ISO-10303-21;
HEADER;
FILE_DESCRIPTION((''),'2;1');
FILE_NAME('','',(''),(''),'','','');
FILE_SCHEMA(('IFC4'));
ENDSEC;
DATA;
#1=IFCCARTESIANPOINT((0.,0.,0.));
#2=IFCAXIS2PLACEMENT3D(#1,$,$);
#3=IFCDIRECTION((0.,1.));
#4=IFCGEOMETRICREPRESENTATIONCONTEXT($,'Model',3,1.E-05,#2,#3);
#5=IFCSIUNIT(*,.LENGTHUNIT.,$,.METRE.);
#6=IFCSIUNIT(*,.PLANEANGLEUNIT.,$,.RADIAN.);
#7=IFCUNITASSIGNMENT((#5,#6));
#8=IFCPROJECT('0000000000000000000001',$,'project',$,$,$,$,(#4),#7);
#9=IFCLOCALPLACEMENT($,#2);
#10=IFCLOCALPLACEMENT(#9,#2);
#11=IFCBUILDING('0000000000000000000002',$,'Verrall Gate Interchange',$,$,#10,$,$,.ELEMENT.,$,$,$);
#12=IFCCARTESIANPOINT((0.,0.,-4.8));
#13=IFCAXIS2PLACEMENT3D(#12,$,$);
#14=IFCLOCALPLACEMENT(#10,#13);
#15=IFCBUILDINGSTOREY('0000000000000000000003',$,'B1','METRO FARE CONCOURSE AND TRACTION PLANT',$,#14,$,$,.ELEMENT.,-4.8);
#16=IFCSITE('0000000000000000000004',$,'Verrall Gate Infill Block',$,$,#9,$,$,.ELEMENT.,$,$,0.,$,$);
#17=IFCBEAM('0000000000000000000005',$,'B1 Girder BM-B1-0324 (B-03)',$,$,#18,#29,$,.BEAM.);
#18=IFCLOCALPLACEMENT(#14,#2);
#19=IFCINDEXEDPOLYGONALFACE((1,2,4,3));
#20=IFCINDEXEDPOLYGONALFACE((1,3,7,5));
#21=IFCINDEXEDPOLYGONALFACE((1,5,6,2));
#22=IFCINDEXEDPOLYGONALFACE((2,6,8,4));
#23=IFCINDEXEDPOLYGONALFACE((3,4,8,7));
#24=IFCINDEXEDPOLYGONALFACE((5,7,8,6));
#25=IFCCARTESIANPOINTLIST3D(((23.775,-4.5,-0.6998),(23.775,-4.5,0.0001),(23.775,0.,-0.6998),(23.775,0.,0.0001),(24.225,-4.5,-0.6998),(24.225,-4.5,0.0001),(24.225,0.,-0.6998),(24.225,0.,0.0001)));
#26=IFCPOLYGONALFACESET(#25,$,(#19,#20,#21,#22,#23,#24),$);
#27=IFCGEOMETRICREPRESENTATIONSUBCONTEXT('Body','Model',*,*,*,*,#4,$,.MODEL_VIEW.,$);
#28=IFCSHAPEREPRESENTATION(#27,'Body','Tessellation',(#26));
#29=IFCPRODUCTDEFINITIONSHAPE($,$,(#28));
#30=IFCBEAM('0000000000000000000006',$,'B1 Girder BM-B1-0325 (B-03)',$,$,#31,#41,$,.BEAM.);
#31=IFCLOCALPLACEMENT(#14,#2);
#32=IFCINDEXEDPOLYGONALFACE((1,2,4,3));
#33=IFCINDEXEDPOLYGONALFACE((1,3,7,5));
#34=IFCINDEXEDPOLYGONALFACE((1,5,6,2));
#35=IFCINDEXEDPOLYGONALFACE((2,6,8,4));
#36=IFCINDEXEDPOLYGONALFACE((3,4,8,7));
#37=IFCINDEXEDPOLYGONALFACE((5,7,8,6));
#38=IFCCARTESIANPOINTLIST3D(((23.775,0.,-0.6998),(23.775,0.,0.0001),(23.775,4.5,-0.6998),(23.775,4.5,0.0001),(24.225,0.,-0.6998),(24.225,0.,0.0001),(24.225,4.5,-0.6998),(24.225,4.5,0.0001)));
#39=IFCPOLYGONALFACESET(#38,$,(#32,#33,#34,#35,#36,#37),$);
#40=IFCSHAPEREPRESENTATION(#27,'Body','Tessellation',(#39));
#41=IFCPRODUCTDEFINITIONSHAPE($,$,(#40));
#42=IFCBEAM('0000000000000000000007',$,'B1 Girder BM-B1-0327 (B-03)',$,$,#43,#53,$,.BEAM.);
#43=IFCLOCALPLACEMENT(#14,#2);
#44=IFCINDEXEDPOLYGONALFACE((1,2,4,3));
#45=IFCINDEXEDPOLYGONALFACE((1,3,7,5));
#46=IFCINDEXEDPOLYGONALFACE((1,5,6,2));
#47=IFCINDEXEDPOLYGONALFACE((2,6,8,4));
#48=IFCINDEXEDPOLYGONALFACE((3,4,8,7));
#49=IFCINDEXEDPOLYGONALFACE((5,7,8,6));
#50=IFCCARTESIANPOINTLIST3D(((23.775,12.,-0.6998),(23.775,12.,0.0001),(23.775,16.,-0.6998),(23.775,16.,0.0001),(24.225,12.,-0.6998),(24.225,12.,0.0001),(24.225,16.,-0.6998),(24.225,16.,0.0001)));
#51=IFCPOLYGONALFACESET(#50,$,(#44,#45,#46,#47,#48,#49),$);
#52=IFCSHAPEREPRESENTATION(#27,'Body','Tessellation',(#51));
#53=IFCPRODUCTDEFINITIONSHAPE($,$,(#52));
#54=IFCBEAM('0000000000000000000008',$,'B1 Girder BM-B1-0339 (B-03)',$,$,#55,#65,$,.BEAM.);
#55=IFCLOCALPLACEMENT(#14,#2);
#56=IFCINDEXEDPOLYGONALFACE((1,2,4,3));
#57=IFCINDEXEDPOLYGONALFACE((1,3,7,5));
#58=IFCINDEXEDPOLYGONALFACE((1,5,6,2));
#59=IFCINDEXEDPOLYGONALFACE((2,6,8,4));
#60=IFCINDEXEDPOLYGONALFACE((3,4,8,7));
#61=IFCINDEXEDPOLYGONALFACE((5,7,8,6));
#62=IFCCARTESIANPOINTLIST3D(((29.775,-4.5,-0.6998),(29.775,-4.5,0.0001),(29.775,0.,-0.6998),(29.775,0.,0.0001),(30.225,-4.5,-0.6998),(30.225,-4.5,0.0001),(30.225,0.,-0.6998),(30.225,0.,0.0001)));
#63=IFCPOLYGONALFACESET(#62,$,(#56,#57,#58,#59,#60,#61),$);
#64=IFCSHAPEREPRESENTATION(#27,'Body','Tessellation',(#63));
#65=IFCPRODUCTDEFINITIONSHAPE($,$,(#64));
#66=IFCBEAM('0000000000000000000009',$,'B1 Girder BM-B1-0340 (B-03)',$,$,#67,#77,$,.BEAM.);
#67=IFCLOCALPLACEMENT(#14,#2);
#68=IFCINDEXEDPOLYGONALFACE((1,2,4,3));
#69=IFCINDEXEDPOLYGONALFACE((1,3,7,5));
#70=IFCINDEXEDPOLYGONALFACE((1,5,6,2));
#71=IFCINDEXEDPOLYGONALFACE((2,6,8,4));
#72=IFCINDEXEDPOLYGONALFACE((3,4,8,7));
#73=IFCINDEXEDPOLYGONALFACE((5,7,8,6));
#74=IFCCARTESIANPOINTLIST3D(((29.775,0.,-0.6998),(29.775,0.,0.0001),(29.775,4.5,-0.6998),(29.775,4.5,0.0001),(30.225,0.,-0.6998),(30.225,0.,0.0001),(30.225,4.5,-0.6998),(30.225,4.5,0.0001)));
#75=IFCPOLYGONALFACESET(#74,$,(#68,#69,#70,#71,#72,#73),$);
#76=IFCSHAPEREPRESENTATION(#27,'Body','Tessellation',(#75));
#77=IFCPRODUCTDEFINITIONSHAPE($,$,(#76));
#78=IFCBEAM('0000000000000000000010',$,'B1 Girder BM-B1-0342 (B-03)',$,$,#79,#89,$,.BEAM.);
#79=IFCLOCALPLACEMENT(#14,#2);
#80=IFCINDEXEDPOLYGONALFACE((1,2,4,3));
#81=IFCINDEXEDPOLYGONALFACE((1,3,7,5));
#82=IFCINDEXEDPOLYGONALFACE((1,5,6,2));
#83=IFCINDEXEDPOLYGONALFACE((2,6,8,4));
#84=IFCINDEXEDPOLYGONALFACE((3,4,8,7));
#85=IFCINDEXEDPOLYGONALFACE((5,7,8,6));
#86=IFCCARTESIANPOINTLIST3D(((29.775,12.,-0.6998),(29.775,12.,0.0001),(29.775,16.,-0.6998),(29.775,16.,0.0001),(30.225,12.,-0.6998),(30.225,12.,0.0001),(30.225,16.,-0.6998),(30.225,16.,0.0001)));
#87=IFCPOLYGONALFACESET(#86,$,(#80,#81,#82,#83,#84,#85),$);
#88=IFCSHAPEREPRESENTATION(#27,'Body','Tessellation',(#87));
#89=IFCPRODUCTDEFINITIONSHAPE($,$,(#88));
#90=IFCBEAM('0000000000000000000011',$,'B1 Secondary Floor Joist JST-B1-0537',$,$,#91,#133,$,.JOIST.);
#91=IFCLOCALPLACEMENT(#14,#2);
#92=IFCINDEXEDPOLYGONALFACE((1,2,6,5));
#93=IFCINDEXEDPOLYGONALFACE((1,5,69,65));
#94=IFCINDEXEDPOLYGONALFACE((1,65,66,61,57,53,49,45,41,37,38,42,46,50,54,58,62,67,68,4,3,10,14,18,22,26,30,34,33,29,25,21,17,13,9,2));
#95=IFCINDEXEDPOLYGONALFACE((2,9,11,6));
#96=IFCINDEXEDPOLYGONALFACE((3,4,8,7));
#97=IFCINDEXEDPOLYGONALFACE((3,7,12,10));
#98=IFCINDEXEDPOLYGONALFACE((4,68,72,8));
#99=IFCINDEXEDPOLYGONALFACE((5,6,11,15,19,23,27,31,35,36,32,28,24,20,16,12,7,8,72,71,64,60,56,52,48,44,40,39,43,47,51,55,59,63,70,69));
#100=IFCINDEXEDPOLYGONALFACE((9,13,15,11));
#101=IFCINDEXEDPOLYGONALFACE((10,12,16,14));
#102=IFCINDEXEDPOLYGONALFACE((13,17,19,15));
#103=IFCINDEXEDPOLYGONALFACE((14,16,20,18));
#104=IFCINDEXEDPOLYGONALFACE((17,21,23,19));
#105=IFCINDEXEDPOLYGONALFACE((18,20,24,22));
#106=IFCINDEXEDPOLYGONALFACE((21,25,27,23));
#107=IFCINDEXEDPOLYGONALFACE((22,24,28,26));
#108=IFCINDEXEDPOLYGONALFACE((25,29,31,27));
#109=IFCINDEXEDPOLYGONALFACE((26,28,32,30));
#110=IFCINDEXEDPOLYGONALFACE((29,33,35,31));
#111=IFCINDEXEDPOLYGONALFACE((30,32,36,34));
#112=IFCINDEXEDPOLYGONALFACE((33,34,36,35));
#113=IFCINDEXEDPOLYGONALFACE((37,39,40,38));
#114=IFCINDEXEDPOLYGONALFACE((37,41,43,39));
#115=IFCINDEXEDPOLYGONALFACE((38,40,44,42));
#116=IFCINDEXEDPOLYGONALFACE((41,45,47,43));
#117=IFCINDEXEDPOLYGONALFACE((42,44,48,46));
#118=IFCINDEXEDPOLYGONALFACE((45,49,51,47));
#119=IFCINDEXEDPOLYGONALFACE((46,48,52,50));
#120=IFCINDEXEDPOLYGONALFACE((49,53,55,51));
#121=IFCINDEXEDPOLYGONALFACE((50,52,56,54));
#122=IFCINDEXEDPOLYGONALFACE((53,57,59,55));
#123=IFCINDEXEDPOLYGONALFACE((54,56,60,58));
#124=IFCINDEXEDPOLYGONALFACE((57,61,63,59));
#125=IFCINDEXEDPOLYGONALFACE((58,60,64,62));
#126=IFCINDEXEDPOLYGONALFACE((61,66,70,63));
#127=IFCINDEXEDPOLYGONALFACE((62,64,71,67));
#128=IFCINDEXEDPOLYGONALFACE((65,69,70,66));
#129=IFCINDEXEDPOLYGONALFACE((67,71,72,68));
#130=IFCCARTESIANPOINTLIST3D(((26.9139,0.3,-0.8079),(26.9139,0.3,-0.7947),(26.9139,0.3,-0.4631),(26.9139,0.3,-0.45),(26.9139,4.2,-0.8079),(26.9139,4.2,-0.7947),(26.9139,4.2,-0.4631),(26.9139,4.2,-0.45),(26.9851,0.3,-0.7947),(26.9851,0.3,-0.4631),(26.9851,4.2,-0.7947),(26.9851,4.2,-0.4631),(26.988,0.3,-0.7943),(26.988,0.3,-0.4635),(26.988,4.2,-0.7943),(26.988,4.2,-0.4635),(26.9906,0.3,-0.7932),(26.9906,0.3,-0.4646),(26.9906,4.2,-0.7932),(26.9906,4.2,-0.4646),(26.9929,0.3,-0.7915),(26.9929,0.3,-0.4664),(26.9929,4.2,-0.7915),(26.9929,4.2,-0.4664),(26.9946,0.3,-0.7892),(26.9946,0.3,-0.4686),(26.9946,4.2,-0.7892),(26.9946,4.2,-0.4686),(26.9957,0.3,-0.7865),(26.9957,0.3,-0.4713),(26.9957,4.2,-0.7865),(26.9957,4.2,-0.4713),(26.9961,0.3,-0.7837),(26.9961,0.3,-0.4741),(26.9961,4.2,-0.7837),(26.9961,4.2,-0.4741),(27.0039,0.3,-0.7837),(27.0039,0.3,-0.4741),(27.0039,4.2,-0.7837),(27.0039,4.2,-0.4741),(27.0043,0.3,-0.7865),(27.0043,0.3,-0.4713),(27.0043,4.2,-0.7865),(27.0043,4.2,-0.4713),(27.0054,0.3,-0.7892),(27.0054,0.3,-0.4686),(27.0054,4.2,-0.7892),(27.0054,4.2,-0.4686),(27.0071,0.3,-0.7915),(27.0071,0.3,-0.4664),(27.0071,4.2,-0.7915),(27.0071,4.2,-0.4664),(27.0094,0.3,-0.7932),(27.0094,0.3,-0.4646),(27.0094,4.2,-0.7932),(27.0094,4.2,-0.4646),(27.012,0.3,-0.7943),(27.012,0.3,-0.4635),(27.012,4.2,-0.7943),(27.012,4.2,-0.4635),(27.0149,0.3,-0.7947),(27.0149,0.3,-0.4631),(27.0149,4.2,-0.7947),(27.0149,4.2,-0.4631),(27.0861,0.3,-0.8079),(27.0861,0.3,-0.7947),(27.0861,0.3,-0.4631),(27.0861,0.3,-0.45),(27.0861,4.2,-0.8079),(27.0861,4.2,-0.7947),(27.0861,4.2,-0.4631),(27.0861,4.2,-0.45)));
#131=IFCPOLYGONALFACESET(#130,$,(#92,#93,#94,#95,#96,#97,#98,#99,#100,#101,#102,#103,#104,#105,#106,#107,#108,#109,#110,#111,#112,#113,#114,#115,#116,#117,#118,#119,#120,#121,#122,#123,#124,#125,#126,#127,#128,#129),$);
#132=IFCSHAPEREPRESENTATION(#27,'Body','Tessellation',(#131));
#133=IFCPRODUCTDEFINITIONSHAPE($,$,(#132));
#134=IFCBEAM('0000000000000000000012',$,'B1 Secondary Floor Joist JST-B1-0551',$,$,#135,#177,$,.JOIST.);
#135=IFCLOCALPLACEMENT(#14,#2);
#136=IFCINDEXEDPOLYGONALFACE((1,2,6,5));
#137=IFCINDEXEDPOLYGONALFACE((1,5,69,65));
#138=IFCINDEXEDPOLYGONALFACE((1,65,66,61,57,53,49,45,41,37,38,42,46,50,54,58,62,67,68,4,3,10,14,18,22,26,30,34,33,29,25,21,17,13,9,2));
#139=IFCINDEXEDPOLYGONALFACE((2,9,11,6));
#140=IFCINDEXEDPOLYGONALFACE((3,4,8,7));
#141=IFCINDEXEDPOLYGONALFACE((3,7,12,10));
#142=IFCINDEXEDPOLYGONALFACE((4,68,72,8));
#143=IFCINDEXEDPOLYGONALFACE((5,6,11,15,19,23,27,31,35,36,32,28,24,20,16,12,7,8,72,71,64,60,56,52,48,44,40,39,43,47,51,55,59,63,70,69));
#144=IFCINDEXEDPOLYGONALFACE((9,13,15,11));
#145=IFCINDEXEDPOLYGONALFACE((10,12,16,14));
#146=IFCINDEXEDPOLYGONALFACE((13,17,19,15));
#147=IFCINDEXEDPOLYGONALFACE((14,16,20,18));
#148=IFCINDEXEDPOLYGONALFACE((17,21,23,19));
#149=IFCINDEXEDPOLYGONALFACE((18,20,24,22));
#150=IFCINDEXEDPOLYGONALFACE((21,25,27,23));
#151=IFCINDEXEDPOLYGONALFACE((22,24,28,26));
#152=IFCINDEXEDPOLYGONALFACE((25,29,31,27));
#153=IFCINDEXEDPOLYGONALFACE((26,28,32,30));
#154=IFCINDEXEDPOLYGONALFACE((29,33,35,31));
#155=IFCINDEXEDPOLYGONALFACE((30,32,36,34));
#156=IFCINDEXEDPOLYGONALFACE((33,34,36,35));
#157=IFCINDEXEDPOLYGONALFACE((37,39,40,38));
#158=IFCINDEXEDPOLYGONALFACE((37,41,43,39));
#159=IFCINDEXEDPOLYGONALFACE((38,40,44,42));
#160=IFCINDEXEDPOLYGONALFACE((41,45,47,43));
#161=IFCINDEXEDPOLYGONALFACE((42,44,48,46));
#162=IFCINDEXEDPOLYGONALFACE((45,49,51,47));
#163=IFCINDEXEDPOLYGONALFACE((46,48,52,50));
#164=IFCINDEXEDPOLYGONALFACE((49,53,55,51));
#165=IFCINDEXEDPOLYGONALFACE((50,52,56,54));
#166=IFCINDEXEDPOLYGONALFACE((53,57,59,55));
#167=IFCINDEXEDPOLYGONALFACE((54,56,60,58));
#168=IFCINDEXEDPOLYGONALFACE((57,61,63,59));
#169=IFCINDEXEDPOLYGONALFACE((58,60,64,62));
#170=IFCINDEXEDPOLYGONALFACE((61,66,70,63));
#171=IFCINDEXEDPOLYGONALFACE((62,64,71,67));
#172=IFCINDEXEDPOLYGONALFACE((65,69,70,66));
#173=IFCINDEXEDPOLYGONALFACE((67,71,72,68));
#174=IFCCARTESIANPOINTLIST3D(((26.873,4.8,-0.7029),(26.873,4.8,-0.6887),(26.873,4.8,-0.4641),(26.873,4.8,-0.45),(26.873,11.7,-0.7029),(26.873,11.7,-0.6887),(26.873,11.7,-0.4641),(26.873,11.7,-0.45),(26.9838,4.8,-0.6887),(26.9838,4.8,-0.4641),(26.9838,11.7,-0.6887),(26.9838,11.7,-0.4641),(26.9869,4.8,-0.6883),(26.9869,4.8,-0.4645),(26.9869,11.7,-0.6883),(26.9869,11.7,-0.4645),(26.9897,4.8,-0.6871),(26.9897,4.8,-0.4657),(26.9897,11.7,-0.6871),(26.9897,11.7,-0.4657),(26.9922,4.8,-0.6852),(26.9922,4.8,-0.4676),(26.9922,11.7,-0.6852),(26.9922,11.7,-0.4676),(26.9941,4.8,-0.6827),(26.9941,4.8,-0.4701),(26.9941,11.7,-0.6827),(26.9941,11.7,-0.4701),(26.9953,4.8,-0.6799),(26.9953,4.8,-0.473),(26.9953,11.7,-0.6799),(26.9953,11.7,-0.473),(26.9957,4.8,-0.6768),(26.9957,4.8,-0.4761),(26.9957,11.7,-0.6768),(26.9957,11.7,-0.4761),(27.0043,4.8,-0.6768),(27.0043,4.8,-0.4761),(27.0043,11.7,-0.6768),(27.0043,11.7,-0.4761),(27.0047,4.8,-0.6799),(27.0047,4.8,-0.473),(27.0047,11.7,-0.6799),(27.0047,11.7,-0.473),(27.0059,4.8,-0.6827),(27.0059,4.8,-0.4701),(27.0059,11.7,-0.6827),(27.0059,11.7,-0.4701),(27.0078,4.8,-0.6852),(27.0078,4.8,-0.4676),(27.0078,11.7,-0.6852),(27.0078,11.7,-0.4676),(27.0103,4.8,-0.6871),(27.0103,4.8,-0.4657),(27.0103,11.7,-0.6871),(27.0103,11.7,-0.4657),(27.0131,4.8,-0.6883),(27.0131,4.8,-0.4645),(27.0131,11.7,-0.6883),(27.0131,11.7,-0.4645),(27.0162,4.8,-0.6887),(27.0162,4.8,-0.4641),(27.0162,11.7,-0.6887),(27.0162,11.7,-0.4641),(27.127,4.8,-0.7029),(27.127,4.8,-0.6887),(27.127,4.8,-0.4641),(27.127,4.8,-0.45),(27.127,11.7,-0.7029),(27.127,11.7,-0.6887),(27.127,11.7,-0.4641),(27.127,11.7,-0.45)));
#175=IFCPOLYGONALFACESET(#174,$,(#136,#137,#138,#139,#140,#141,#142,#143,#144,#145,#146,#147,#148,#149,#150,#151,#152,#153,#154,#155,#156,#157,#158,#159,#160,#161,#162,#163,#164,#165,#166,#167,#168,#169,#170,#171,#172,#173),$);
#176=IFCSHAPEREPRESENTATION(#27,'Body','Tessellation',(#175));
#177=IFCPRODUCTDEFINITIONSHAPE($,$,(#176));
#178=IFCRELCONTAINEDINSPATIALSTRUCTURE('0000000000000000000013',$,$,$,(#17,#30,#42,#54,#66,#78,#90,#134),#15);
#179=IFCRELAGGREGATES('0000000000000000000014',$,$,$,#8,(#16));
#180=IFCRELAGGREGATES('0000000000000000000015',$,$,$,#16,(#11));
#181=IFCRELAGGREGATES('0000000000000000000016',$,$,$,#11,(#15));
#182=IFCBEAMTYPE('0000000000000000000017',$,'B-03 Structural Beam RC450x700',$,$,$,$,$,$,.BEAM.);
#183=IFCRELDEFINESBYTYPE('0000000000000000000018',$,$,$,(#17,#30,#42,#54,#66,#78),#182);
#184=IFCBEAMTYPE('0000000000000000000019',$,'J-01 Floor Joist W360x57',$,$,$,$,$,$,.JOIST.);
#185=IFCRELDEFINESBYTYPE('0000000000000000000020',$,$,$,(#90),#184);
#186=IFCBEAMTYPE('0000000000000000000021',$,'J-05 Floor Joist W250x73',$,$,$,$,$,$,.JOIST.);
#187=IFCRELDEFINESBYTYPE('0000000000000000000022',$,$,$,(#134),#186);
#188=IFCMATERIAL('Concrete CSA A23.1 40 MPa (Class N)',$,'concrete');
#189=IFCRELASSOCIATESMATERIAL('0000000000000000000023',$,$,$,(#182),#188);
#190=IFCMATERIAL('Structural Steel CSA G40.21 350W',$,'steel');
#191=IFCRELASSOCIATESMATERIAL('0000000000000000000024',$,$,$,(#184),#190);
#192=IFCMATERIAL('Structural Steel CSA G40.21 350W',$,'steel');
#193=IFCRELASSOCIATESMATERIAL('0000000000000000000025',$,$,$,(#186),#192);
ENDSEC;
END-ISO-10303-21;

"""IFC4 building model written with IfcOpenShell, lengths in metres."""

from ifc_helpers import new_model, si_unit, direction, frame, origin, origin_2d, place, context, subcontext, project, spatial, rectangle, i_section, extrude, material, material_profile, profile_set, type_object, element, save


model = new_model("IFC4")

# Units and contexts
model_context = context("Model", 3, precision=1e-05, world=origin(), true_north=direction((0.0, 1.0)))
body_context = subcontext(model_context, "Body", "Model", "MODEL_VIEW")
ifc_project = project(units=[si_unit("LENGTHUNIT", "METRE"), si_unit("PLANEANGLEUNIT", "RADIAN")], contexts=[model_context])

# Site, building, storey
site_placement = place(None, origin())
site = spatial("IfcSite", under=ifc_project, at=site_placement, Name="Verrall Gate Infill Block", CompositionType="ELEMENT", RefElevation=0.0)
building_placement = place(site_placement, origin())
building = spatial("IfcBuilding", under=site, at=building_placement, Name="Verrall Gate Interchange", CompositionType="ELEMENT")
storey_placement = place(building_placement, frame((0.0, 0.0, -4.8)))
storey = spatial("IfcBuildingStorey", under=building, at=storey_placement, Name="B1", Description="METRO FARE CONCOURSE AND TRACTION PLANT", CompositionType="ELEMENT", Elevation=-4.8)

# Beams
ifc_material_1 = material(Name="Concrete CSA A23.1 40 MPa (Class N)", Category="concrete")
ifc_material_profile_1 = material_profile(ifc_material_1, rectangle(XDim=0.45, YDim=0.7, at=origin_2d()), Name="RC450x700")
ifc_profile_set_1 = profile_set([ifc_material_profile_1], Name="Concrete CSA A23.1 40 MPa (Class N)")
beam_type_1 = type_object("IfcBeamType", Name="B-03 Structural Beam RC450x700", PredefinedType="BEAM", material=ifc_profile_set_1)
for number, where, z_axis, x_axis, name in (
    (1, (24.0, -4.5, -0.3499), (0.0, 1.0, 0.0), (-1.0, 0.0, 0.0), "B1 Girder BM-B1-0324 (B-03)"),
    (2, (24.0, 0.0, -0.3499), (0.0, 1.0, 0.0), (-1.0, 0.0, 0.0), "B1 Girder BM-B1-0325 (B-03)"),
):
    element("IfcBeam", number, at=place(storey_placement, frame(where, z_axis=z_axis, x_axis=x_axis)), inside=storey, type_object=beam_type_1, Name=name, PredefinedType="BEAM", context=body_context, shape_type="SweptSolid", body=[
        extrude(rectangle(XDim=0.45, YDim=0.7, at=origin_2d()), origin(), (0.0, 0.0, 1.0), 4.5),
    ])
beam_1_placement = place(storey_placement, frame((24.0, 12.0, -0.3499), z_axis=(0.0, 1.0, 0.0), x_axis=(-1.0, 0.0, 0.0)))
element("IfcBeam", 3, at=beam_1_placement, inside=storey, type_object=beam_type_1, Name="B1 Girder BM-B1-0327 (B-03)", PredefinedType="BEAM", context=body_context, shape_type="SweptSolid", body=[
    extrude(rectangle(XDim=0.45, YDim=0.7, at=origin_2d()), origin(), (0.0, 0.0, 1.0), 4.0),
])
for number, where, z_axis, x_axis, name in (
    (4, (30.0, -4.5, -0.3499), (0.0, 1.0, 0.0), (-1.0, 0.0, 0.0), "B1 Girder BM-B1-0339 (B-03)"),
    (5, (30.0, 0.0, -0.3499), (0.0, 1.0, 0.0), (-1.0, 0.0, 0.0), "B1 Girder BM-B1-0340 (B-03)"),
):
    element("IfcBeam", number, at=place(storey_placement, frame(where, z_axis=z_axis, x_axis=x_axis)), inside=storey, type_object=beam_type_1, Name=name, PredefinedType="BEAM", context=body_context, shape_type="SweptSolid", body=[
        extrude(rectangle(XDim=0.45, YDim=0.7, at=origin_2d()), origin(), (0.0, 0.0, 1.0), 4.5),
    ])
beam_2_placement = place(storey_placement, frame((30.0, 12.0, -0.3499), z_axis=(0.0, 1.0, 0.0), x_axis=(-1.0, 0.0, 0.0)))
element("IfcBeam", 6, at=beam_2_placement, inside=storey, type_object=beam_type_1, Name="B1 Girder BM-B1-0342 (B-03)", PredefinedType="BEAM", context=body_context, shape_type="SweptSolid", body=[
    extrude(rectangle(XDim=0.45, YDim=0.7, at=origin_2d()), origin(), (0.0, 0.0, 1.0), 4.0),
])
ifc_material_2 = material(Name="Structural Steel CSA G40.21 350W", Category="steel")
ifc_material_profile_2 = material_profile(ifc_material_2, i_section(OverallWidth=0.1721, OverallDepth=0.3579, WebThickness=0.0078, FlangeThickness=0.0132, FilletRadius=0.011, at=origin_2d()), Name="W360x57")
ifc_profile_set_2 = profile_set([ifc_material_profile_2], Name="Structural Steel CSA G40.21 350W")
beam_type_2 = type_object("IfcBeamType", Name="J-01 Floor Joist W360x57", PredefinedType="JOIST", material=ifc_profile_set_2)
beam_3_placement = place(storey_placement, frame((27.0, 0.3, -0.6289), z_axis=(0.0, 1.0, 0.0), x_axis=(-1.0, 0.0, 0.0)))
element("IfcBeam", 7, at=beam_3_placement, inside=storey, type_object=beam_type_2, Name="B1 Secondary Floor Joist JST-B1-0537", PredefinedType="JOIST", context=body_context, shape_type="SweptSolid", body=[
    extrude(i_section(OverallWidth=0.1721, OverallDepth=0.3579, WebThickness=0.0078, FlangeThickness=0.0132, FilletRadius=0.011, at=origin_2d()), origin(), (0.0, 0.0, 1.0), 3.8999),
])
ifc_material_3 = material(Name="Structural Steel CSA G40.21 350W", Category="steel")
ifc_material_profile_3 = material_profile(ifc_material_3, i_section(OverallWidth=0.2539, OverallDepth=0.2529, WebThickness=0.0085, FlangeThickness=0.0142, FilletRadius=0.012, at=origin_2d()), Name="W250x73")
ifc_profile_set_3 = profile_set([ifc_material_profile_3], Name="Structural Steel CSA G40.21 350W")
beam_type_3 = type_object("IfcBeamType", Name="J-05 Floor Joist W250x73", PredefinedType="JOIST", material=ifc_profile_set_3)
beam_4_placement = place(storey_placement, frame((27.0, 4.8, -0.5764), z_axis=(0.0, 1.0, 0.0), x_axis=(-1.0, 0.0, 0.0)))
element("IfcBeam", 8, at=beam_4_placement, inside=storey, type_object=beam_type_3, Name="B1 Secondary Floor Joist JST-B1-0551", PredefinedType="JOIST", context=body_context, shape_type="SweptSolid", body=[
    extrude(i_section(OverallWidth=0.2539, OverallDepth=0.2529, WebThickness=0.0085, FlangeThickness=0.0142, FilletRadius=0.012, at=origin_2d()), origin(), (0.0, 0.0, 1.0), 6.8999),
])

save(model, "model.ifc")
